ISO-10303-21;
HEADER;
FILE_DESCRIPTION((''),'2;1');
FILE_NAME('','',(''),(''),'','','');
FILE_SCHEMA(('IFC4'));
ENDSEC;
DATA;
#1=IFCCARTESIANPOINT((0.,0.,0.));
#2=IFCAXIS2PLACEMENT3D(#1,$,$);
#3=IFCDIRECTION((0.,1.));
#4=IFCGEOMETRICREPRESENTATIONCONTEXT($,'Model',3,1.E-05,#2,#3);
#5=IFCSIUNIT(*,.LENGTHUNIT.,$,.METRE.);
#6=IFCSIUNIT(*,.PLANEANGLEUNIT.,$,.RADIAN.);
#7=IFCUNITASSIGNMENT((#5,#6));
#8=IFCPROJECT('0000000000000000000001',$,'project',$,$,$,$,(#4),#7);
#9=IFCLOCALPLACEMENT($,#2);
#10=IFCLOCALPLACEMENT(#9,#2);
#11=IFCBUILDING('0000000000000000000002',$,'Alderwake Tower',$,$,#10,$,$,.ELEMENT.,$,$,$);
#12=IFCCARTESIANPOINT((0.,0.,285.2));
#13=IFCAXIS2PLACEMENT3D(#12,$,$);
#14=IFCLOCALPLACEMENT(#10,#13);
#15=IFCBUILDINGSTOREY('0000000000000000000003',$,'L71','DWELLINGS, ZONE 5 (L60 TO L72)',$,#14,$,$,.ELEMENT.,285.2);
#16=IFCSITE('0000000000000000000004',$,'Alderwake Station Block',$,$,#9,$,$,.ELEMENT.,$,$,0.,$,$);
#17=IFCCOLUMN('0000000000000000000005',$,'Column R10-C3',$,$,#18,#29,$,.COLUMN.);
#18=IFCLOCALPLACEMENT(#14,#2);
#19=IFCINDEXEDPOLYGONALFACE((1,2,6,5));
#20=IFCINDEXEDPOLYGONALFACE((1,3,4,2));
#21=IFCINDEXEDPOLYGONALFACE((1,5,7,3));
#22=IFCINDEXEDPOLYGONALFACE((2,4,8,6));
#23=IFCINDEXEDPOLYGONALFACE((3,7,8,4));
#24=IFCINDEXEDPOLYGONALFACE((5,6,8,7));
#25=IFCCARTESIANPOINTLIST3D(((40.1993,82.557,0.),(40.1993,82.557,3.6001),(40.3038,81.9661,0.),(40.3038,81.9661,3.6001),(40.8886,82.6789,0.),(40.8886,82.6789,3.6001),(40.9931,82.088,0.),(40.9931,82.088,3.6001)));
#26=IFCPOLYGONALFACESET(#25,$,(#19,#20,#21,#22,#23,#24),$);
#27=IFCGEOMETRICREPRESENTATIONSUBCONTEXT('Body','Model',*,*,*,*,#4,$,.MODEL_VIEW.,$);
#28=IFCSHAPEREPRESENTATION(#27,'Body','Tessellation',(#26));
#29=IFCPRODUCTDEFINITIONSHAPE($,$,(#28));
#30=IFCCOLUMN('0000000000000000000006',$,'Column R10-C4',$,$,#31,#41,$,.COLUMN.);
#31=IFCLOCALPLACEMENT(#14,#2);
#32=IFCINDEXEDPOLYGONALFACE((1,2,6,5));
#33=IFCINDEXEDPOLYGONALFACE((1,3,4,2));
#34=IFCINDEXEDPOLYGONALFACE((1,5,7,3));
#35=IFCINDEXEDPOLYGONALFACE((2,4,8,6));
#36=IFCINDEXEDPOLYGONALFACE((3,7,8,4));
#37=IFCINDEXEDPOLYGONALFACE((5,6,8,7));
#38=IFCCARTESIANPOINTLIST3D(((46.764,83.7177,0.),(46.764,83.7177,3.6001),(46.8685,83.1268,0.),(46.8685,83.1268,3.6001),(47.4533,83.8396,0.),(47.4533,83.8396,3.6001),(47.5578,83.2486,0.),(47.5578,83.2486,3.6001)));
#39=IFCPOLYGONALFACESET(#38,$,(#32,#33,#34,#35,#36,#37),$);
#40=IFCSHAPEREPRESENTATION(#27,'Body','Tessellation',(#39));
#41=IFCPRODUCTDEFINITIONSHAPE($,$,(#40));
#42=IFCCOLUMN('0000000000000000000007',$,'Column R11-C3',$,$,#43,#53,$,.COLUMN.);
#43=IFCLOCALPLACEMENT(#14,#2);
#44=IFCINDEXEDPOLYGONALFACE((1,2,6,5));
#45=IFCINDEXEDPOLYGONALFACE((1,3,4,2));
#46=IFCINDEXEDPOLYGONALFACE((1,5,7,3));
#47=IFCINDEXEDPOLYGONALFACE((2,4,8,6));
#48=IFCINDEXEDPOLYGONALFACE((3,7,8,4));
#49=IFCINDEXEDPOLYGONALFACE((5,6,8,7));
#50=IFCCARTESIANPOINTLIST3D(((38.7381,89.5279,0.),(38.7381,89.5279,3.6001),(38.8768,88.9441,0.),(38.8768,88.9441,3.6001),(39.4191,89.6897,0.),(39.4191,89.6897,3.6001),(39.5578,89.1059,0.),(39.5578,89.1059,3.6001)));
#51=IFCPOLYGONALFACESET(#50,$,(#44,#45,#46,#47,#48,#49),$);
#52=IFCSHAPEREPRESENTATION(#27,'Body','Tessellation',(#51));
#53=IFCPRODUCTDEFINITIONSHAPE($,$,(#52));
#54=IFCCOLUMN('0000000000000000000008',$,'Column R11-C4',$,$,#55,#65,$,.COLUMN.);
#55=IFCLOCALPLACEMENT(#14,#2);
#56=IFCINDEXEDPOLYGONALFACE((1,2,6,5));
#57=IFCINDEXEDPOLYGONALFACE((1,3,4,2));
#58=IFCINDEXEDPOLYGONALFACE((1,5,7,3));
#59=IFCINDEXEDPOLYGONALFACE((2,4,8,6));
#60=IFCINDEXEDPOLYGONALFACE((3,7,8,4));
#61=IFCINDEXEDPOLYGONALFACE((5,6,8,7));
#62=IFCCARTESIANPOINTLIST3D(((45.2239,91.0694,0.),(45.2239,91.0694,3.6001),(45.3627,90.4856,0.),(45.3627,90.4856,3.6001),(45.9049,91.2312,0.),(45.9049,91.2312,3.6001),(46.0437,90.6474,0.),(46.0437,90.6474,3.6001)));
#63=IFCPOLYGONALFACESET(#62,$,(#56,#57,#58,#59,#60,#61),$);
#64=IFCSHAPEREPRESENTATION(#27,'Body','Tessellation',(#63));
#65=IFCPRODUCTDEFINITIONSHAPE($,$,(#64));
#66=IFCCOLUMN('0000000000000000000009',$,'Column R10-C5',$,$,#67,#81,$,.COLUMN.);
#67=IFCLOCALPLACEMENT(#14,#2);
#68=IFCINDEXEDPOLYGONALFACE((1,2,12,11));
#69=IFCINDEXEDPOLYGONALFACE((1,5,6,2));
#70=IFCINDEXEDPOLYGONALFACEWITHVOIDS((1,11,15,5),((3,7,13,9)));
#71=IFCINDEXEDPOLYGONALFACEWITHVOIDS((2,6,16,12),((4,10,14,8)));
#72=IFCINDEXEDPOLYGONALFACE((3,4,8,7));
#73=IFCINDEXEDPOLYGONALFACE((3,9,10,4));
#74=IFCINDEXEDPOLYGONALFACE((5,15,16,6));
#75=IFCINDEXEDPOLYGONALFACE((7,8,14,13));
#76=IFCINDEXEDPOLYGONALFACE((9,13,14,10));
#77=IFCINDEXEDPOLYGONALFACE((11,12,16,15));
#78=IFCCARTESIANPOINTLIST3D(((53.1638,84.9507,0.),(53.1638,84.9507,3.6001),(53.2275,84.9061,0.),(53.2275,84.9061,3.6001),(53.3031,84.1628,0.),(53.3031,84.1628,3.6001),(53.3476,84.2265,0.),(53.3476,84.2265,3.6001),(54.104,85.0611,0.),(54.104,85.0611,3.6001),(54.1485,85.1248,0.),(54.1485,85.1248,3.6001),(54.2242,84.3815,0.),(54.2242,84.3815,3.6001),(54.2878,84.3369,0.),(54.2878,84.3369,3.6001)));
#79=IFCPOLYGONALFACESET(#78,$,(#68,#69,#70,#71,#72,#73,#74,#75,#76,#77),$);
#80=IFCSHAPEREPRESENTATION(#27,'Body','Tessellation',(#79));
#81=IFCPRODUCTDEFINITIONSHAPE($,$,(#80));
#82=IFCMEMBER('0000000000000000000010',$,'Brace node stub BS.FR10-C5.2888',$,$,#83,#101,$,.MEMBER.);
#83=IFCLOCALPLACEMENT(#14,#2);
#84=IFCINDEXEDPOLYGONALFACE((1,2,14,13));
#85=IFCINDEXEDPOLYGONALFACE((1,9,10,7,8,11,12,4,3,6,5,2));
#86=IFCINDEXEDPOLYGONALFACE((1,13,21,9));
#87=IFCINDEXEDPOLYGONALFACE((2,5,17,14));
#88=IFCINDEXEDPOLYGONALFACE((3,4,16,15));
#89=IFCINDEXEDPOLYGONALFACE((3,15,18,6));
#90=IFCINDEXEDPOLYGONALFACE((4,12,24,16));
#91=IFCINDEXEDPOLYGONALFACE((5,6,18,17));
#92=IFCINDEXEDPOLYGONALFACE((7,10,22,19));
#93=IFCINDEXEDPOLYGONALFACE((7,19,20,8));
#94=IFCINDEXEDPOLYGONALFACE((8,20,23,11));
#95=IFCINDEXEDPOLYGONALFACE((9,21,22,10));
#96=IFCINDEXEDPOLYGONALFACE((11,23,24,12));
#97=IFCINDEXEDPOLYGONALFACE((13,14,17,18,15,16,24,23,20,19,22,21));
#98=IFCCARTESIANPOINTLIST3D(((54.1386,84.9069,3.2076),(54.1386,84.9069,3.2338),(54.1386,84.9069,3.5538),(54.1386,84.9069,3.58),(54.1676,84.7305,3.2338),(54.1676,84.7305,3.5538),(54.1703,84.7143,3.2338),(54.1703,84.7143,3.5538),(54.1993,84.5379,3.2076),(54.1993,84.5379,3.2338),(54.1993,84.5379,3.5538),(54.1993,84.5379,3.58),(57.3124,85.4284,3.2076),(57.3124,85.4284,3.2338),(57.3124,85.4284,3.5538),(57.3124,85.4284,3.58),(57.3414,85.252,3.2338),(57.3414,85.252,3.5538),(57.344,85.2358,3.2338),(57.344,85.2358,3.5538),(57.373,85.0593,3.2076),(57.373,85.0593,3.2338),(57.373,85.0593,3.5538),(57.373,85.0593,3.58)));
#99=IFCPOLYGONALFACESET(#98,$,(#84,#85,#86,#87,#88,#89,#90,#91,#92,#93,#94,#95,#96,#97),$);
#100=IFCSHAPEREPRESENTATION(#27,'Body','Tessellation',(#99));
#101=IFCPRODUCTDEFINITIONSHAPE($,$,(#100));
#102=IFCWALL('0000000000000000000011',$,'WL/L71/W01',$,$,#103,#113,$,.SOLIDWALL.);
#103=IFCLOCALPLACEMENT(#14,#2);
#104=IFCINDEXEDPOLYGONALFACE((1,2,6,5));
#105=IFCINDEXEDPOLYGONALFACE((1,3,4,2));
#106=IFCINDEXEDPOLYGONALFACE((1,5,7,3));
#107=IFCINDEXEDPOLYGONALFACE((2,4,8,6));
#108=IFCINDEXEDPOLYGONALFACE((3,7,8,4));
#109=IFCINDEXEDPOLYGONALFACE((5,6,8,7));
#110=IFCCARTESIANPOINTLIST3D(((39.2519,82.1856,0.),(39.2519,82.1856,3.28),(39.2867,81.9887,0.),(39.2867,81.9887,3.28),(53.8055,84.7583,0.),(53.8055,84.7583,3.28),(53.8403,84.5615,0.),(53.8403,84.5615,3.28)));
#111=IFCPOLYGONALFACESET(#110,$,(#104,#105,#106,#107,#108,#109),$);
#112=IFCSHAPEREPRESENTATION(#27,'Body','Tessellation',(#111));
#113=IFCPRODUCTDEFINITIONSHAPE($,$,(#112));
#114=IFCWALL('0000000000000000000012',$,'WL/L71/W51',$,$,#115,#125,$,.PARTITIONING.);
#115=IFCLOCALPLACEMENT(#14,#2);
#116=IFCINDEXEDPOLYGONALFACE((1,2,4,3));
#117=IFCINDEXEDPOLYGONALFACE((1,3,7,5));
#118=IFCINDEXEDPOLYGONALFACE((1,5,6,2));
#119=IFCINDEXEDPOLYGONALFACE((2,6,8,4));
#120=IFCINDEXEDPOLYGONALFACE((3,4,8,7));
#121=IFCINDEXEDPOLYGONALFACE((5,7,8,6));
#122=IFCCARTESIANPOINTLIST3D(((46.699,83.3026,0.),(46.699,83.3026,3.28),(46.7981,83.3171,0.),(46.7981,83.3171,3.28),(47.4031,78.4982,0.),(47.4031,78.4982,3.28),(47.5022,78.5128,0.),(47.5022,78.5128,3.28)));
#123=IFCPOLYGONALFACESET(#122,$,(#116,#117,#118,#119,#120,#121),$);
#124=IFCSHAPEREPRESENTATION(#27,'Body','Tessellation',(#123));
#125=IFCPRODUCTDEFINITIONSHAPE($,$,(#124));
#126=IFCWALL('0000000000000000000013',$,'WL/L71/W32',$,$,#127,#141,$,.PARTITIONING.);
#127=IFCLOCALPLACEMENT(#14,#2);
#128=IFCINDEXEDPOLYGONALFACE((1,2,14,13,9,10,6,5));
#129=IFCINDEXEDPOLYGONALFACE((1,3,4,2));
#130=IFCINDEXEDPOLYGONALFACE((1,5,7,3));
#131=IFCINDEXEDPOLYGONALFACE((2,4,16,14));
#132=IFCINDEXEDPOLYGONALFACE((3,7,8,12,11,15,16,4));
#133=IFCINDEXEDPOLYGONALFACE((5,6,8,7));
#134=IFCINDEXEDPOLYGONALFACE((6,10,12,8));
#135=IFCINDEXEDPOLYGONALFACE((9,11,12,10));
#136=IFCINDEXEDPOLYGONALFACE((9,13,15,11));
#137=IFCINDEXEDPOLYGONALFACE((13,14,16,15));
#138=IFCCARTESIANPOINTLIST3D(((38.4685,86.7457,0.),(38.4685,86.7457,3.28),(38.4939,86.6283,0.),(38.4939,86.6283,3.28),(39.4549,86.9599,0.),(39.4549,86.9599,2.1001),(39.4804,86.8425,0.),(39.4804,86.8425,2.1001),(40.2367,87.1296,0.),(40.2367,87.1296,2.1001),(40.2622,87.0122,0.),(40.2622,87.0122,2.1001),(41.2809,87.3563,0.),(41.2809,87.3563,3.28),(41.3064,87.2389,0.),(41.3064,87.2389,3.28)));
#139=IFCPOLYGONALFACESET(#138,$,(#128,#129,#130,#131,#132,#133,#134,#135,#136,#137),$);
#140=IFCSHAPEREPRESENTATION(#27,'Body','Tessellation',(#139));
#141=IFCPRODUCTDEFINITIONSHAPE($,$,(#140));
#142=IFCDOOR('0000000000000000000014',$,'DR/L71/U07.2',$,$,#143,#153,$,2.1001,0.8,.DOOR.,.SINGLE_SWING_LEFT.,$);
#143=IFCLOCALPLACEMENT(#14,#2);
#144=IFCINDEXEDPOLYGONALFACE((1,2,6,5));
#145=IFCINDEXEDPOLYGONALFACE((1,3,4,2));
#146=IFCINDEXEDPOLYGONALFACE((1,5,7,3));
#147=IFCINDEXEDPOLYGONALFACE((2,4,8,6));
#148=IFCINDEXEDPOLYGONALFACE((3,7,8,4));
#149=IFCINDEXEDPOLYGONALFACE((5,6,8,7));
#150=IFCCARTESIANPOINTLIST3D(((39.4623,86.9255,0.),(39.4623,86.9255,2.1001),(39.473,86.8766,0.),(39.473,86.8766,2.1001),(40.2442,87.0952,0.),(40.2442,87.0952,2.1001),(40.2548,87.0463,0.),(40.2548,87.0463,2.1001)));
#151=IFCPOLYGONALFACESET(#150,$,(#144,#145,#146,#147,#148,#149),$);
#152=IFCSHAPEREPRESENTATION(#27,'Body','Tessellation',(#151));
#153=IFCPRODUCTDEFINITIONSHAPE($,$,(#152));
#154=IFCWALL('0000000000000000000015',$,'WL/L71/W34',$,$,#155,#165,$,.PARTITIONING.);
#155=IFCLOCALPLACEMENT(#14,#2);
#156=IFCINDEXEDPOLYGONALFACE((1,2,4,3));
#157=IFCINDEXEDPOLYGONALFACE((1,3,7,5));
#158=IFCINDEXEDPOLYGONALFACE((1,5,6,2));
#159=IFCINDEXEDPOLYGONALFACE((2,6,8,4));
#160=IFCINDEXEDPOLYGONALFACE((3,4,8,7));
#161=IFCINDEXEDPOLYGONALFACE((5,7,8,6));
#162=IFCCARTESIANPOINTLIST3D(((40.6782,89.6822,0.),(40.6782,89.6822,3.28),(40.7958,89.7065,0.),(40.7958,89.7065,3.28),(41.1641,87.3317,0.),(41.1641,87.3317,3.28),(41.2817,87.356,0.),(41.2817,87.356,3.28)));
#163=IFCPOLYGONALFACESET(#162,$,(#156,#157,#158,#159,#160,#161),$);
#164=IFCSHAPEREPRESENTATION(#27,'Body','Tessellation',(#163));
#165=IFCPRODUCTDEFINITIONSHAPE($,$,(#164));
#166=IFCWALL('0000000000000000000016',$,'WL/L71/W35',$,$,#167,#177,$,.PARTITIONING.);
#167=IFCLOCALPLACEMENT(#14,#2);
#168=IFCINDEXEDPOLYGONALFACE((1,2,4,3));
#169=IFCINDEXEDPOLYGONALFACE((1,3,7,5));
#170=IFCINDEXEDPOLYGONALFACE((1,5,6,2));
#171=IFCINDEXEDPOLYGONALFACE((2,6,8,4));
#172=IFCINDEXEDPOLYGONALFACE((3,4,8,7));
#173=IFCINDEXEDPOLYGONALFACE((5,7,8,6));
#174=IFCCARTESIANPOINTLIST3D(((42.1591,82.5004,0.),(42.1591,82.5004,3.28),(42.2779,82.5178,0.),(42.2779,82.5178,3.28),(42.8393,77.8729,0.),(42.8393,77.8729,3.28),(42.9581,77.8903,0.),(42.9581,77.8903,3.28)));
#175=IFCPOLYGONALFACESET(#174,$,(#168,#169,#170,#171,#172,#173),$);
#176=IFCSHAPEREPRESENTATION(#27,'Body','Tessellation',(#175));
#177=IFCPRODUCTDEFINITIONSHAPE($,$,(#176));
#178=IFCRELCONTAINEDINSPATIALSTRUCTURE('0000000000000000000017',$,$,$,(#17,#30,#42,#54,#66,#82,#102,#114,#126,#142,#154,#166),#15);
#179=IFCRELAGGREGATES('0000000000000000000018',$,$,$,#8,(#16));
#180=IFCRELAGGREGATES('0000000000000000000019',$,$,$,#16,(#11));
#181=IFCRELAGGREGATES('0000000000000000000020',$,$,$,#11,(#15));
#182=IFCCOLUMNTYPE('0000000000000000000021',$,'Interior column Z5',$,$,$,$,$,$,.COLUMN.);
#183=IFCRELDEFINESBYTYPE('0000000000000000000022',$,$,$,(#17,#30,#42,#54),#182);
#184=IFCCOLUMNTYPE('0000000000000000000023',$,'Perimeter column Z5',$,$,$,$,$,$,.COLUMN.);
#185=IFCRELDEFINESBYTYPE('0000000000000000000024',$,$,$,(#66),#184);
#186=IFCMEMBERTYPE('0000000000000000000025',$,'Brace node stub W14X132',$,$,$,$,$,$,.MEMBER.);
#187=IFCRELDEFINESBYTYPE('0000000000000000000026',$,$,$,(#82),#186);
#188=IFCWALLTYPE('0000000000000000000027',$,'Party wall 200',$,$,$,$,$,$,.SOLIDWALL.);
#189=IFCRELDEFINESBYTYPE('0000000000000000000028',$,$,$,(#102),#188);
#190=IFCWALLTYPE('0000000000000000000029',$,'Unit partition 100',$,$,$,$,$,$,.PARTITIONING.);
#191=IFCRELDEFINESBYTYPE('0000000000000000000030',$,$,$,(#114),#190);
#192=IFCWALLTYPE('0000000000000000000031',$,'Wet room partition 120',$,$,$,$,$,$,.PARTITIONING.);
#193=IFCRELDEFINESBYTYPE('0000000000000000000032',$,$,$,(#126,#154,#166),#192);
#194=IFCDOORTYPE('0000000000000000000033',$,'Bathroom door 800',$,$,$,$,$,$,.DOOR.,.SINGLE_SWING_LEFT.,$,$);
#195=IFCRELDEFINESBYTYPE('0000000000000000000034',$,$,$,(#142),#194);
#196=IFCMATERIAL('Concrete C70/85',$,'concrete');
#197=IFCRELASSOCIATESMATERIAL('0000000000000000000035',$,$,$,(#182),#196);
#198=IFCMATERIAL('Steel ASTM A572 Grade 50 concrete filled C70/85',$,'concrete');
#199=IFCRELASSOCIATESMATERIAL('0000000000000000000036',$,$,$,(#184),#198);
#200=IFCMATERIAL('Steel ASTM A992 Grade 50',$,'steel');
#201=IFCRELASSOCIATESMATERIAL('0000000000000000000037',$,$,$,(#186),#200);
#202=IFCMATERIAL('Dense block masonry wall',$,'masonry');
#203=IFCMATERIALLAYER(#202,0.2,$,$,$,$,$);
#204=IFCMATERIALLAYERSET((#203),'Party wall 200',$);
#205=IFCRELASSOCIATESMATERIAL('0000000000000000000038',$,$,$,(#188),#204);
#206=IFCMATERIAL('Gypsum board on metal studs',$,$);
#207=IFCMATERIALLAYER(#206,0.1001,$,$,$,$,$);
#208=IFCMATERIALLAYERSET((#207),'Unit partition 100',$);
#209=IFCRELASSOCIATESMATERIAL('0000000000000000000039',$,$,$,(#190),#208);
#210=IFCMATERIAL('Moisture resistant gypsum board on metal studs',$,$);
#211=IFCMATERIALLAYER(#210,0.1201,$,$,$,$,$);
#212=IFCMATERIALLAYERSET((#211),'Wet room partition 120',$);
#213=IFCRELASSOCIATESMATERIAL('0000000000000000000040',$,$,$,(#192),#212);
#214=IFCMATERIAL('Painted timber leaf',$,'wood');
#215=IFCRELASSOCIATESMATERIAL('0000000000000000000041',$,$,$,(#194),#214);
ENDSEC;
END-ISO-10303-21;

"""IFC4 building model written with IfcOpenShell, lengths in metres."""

from ifc_helpers import new_model, si_unit, direction, frame, frame_2d, origin, origin_2d, place, context, subcontext, project, spatial, rectangle, hollow_rectangle, i_section, extrude, material, layer, layer_set, material_profile, profile_set, type_object, element, fill, save


model = new_model("IFC4")

# Units and contexts
model_context = context("Model", 3, precision=1e-05, world=origin(), true_north=direction((0.0, 1.0)))
body_context = subcontext(model_context, "Body", "Model", "MODEL_VIEW")
ifc_project = project(units=[si_unit("LENGTHUNIT", "METRE"), si_unit("PLANEANGLEUNIT", "RADIAN")], contexts=[model_context])

# Site, building, storey
site_placement = place(None, origin())
site = spatial("IfcSite", under=ifc_project, at=site_placement, Name="Alderwake Station Block", CompositionType="ELEMENT", RefElevation=0.0)
building_placement = place(site_placement, origin())
building = spatial("IfcBuilding", under=site, at=building_placement, Name="Alderwake Tower", CompositionType="ELEMENT")
storey_placement = place(building_placement, frame((0.0, 0.0, 285.2)))
storey = spatial("IfcBuildingStorey", under=building, at=storey_placement, Name="L71", Description="DWELLINGS, ZONE 5 (L60 TO L72)", CompositionType="ELEMENT", Elevation=285.2)

# Columns
ifc_material_1 = material(Name="Concrete C70/85", Category="concrete")
ifc_material_profile_1 = material_profile(ifc_material_1, rectangle(XDim=0.6001, YDim=0.7, at=origin_2d()), Name="RC 700X600")
ifc_profile_set_1 = profile_set([ifc_material_profile_1], Name="Concrete C70/85")
column_type_1 = type_object("IfcColumnType", Name="Interior column Z5", PredefinedType="COLUMN", material=ifc_profile_set_1)
for number, where, z_axis, x_axis, name in (
    (1, (40.5962, 82.3225, 0.0), (0.0, 0.0, 1.0), (-0.174107, 0.984727, 0.0), "Column R10-C3"),
    (2, (47.1609, 83.4832, 0.0), (0.0, 0.0, 1.0), (-0.174109, 0.984726, 0.0), "Column R10-C4"),
    (3, (39.1479, 89.3169, 0.0), (0.0, 0.0, 1.0), (-0.231222, 0.972901, 0.0), "Column R11-C3"),
    (4, (45.6338, 90.8584, 0.0), (0.0, 0.0, 1.0), (-0.231222, 0.972901, 0.0), "Column R11-C4"),
):
    element("IfcColumn", number, at=place(storey_placement, frame(where, z_axis=z_axis, x_axis=x_axis)), inside=storey, type_object=column_type_1, Name=name, PredefinedType="COLUMN", context=body_context, shape_type="SweptSolid", body=[
        extrude(rectangle(XDim=0.6001, YDim=0.7, at=origin_2d()), origin(), (0.0, 0.0, 1.0), 3.6001),
    ])
ifc_material_2 = material(Name="Steel ASTM A572 Grade 50 concrete filled C70/85", Category="concrete")
ifc_material_profile_2 = material_profile(ifc_material_2, hollow_rectangle(XDim=0.8, YDim=1.0, WallThickness=0.0549, at=origin_2d()), Name="BOX 1000X800X55")
ifc_profile_set_2 = profile_set([ifc_material_profile_2], Name="Steel ASTM A572 Grade 50 concrete filled C70/85")
column_type_2 = type_object("IfcColumnType", Name="Perimeter column Z5", PredefinedType="COLUMN", material=ifc_profile_set_2)
column_placement = place(storey_placement, frame((53.7258, 84.6438, 0.0), z_axis=(0.0, 0.0, 1.0), x_axis=(-0.174109, 0.984726, 0.0)))
element("IfcColumn", 5, at=column_placement, inside=storey, type_object=column_type_2, Name="Column R10-C5", PredefinedType="COLUMN", context=body_context, shape_type="SweptSolid", body=[
    extrude(hollow_rectangle(XDim=0.8, YDim=1.0, WallThickness=0.0549, at=origin_2d()), origin(), (0.0, 0.0, 1.0), 3.6001),
])

# Member
ifc_material_3 = material(Name="Steel ASTM A992 Grade 50", Category="steel")
ifc_material_profile_3 = material_profile(ifc_material_3, i_section(OverallWidth=0.374, OverallDepth=0.3723, WebThickness=0.0164, FlangeThickness=0.0261, at=origin_2d()), Name="W14X132")
ifc_profile_set_3 = profile_set([ifc_material_profile_3], Name="Steel ASTM A992 Grade 50")
member_type = type_object("IfcMemberType", Name="Brace node stub W14X132", PredefinedType="MEMBER", material=ifc_profile_set_3)
member_placement = place(storey_placement, frame((54.1689, 84.7224, 3.3938), z_axis=(0.986769, 0.162134, 0.0), x_axis=(-0.162134, 0.986769, 0.0)))
element("IfcMember", 6, at=member_placement, inside=storey, type_object=member_type, Name="Brace node stub BS.FR10-C5.2888", PredefinedType="MEMBER", context=body_context, shape_type="SweptSolid", body=[
    extrude(i_section(OverallWidth=0.374, OverallDepth=0.3723, WebThickness=0.0164, FlangeThickness=0.0261, at=origin_2d()), origin(), (0.0, 0.0, 1.0), 3.2163),
])

# Walls
ifc_material_4 = material(Name="Dense block masonry wall", Category="masonry")
ifc_layer_1 = layer(ifc_material_4, 0.2)
ifc_layer_set_1 = layer_set([ifc_layer_1], Name="Party wall 200")
wall_type_1 = type_object("IfcWallType", Name="Party wall 200", PredefinedType="SOLIDWALL", material=ifc_layer_set_1)
wall_1_placement = place(storey_placement, frame((39.2693, 82.0872, 0.0), z_axis=(0.0, 0.0, 1.0), x_axis=(0.984732, 0.174077, 0.0)))
element("IfcWall", 7, at=wall_1_placement, inside=storey, type_object=wall_type_1, Name="WL/L71/W01", PredefinedType="SOLIDWALL", context=body_context, shape_type="SweptSolid", body=[
    extrude(rectangle(XDim=14.7793, YDim=0.2, at=frame_2d((7.3896, 0.0))), origin(), (0.0, 0.0, 1.0), 3.28),
])
ifc_material_5 = material(Name="Gypsum board on metal studs")
ifc_layer_2 = layer(ifc_material_5, 0.1001)
ifc_layer_set_2 = layer_set([ifc_layer_2], Name="Unit partition 100")
wall_type_2 = type_object("IfcWallType", Name="Unit partition 100", PredefinedType="PARTITIONING", material=ifc_layer_set_2)
wall_2_placement = place(storey_placement, frame((47.4526, 78.5056, 0.0), z_axis=(0.0, 0.0, 1.0), x_axis=(-0.145003, 0.989431, 0.0)))
element("IfcWall", 8, at=wall_2_placement, inside=storey, type_object=wall_type_2, Name="WL/L71/W51", PredefinedType="PARTITIONING", context=body_context, shape_type="SweptSolid", body=[
    extrude(rectangle(XDim=4.8557, YDim=0.1001, at=frame_2d((2.4277, 0.0))), origin(), (0.0, 0.0, 1.0), 3.28),
])

# Wall, opening, door
ifc_material_6 = material(Name="Moisture resistant gypsum board on metal studs")
ifc_layer_3 = layer(ifc_material_6, 0.1201)
ifc_layer_set_3 = layer_set([ifc_layer_3], Name="Wet room partition 120")
wall_type_3 = type_object("IfcWallType", Name="Wet room partition 120", PredefinedType="PARTITIONING", material=ifc_layer_set_3)
wall_3_placement = place(storey_placement, frame((38.4812, 86.687, 0.0), z_axis=(0.0, 0.0, 1.0), x_axis=(0.977235, 0.212158, 0.0)))
wall_3 = element("IfcWall", 9, at=wall_3_placement, inside=storey, type_object=wall_type_3, Name="WL/L71/W32", PredefinedType="PARTITIONING", context=body_context, shape_type="SweptSolid", body=[
    extrude(rectangle(XDim=2.8779, YDim=0.1201, at=frame_2d((1.439, 0.0))), origin(), (0.0, 0.0, 1.0), 3.28),
])
opening_1_placement = place(wall_3_placement, frame((1.0095, 0.0, 0.0)))
opening_1 = element("IfcOpeningElement", 10, at=opening_1_placement, cuts=wall_3, PredefinedType="OPENING", context=body_context, shape_type="SweptSolid", body=[
    extrude(rectangle(XDim=0.8, YDim=2.1001, at=frame_2d((0.3999, 1.05))), frame((0.0, 0.0701, 0.0), z_axis=(0.0, -1.0, 0.0), x_axis=(1.0, 0.0, 0.0)), (0.0, 0.0, 1.0), 0.1401),
])
ifc_material_7 = material(Name="Painted timber leaf", Category="wood")
door_type_1 = type_object("IfcDoorType", Name="Bathroom door 800", OperationType="SINGLE_SWING_LEFT", PredefinedType="DOOR", material=ifc_material_7)
door_1_placement = place(opening_1_placement, origin())
door_1 = element("IfcDoor", 11, at=door_1_placement, inside=storey, type_object=door_type_1, Name="DR/L71/U07.2", OperationType="SINGLE_SWING_LEFT", OverallHeight=2.1001, OverallWidth=0.8, PredefinedType="DOOR", context=body_context, shape_type="SweptSolid", body=[
    extrude(rectangle(XDim=0.8, YDim=2.1001, at=frame_2d((0.3999, 1.05))), frame((0.0, 0.0249, 0.0), z_axis=(0.0, -1.0, 0.0), x_axis=(1.0, 0.0, 0.0)), (0.0, 0.0, 1.0), 0.05),
])
fill(opening_1, door_1)

# Walls
wall_4_placement = place(storey_placement, frame((41.2229, 87.3438, 0.0), z_axis=(0.0, 0.0, 1.0), x_axis=(-0.202431, 0.979297, 0.0)))
element("IfcWall", 12, at=wall_4_placement, inside=storey, type_object=wall_type_3, Name="WL/L71/W34", PredefinedType="PARTITIONING", context=body_context, shape_type="SweptSolid", body=[
    extrude(rectangle(XDim=2.4001, YDim=0.1201, at=frame_2d((1.2002, 0.0))), origin(), (0.0, 0.0, 1.0), 3.28),
])
wall_5_placement = place(storey_placement, frame((42.8987, 77.8816, 0.0), z_axis=(0.0, 0.0, 1.0), x_axis=(-0.145425, 0.989369, 0.0)))
element("IfcWall", 13, at=wall_5_placement, inside=storey, type_object=wall_type_3, Name="WL/L71/W35", PredefinedType="PARTITIONING", context=body_context, shape_type="SweptSolid", body=[
    extrude(rectangle(XDim=4.6772, YDim=0.1201, at=frame_2d((2.3386, 0.0))), origin(), (0.0, 0.0, 1.0), 3.28),
])

save(model, "model.ifc")
